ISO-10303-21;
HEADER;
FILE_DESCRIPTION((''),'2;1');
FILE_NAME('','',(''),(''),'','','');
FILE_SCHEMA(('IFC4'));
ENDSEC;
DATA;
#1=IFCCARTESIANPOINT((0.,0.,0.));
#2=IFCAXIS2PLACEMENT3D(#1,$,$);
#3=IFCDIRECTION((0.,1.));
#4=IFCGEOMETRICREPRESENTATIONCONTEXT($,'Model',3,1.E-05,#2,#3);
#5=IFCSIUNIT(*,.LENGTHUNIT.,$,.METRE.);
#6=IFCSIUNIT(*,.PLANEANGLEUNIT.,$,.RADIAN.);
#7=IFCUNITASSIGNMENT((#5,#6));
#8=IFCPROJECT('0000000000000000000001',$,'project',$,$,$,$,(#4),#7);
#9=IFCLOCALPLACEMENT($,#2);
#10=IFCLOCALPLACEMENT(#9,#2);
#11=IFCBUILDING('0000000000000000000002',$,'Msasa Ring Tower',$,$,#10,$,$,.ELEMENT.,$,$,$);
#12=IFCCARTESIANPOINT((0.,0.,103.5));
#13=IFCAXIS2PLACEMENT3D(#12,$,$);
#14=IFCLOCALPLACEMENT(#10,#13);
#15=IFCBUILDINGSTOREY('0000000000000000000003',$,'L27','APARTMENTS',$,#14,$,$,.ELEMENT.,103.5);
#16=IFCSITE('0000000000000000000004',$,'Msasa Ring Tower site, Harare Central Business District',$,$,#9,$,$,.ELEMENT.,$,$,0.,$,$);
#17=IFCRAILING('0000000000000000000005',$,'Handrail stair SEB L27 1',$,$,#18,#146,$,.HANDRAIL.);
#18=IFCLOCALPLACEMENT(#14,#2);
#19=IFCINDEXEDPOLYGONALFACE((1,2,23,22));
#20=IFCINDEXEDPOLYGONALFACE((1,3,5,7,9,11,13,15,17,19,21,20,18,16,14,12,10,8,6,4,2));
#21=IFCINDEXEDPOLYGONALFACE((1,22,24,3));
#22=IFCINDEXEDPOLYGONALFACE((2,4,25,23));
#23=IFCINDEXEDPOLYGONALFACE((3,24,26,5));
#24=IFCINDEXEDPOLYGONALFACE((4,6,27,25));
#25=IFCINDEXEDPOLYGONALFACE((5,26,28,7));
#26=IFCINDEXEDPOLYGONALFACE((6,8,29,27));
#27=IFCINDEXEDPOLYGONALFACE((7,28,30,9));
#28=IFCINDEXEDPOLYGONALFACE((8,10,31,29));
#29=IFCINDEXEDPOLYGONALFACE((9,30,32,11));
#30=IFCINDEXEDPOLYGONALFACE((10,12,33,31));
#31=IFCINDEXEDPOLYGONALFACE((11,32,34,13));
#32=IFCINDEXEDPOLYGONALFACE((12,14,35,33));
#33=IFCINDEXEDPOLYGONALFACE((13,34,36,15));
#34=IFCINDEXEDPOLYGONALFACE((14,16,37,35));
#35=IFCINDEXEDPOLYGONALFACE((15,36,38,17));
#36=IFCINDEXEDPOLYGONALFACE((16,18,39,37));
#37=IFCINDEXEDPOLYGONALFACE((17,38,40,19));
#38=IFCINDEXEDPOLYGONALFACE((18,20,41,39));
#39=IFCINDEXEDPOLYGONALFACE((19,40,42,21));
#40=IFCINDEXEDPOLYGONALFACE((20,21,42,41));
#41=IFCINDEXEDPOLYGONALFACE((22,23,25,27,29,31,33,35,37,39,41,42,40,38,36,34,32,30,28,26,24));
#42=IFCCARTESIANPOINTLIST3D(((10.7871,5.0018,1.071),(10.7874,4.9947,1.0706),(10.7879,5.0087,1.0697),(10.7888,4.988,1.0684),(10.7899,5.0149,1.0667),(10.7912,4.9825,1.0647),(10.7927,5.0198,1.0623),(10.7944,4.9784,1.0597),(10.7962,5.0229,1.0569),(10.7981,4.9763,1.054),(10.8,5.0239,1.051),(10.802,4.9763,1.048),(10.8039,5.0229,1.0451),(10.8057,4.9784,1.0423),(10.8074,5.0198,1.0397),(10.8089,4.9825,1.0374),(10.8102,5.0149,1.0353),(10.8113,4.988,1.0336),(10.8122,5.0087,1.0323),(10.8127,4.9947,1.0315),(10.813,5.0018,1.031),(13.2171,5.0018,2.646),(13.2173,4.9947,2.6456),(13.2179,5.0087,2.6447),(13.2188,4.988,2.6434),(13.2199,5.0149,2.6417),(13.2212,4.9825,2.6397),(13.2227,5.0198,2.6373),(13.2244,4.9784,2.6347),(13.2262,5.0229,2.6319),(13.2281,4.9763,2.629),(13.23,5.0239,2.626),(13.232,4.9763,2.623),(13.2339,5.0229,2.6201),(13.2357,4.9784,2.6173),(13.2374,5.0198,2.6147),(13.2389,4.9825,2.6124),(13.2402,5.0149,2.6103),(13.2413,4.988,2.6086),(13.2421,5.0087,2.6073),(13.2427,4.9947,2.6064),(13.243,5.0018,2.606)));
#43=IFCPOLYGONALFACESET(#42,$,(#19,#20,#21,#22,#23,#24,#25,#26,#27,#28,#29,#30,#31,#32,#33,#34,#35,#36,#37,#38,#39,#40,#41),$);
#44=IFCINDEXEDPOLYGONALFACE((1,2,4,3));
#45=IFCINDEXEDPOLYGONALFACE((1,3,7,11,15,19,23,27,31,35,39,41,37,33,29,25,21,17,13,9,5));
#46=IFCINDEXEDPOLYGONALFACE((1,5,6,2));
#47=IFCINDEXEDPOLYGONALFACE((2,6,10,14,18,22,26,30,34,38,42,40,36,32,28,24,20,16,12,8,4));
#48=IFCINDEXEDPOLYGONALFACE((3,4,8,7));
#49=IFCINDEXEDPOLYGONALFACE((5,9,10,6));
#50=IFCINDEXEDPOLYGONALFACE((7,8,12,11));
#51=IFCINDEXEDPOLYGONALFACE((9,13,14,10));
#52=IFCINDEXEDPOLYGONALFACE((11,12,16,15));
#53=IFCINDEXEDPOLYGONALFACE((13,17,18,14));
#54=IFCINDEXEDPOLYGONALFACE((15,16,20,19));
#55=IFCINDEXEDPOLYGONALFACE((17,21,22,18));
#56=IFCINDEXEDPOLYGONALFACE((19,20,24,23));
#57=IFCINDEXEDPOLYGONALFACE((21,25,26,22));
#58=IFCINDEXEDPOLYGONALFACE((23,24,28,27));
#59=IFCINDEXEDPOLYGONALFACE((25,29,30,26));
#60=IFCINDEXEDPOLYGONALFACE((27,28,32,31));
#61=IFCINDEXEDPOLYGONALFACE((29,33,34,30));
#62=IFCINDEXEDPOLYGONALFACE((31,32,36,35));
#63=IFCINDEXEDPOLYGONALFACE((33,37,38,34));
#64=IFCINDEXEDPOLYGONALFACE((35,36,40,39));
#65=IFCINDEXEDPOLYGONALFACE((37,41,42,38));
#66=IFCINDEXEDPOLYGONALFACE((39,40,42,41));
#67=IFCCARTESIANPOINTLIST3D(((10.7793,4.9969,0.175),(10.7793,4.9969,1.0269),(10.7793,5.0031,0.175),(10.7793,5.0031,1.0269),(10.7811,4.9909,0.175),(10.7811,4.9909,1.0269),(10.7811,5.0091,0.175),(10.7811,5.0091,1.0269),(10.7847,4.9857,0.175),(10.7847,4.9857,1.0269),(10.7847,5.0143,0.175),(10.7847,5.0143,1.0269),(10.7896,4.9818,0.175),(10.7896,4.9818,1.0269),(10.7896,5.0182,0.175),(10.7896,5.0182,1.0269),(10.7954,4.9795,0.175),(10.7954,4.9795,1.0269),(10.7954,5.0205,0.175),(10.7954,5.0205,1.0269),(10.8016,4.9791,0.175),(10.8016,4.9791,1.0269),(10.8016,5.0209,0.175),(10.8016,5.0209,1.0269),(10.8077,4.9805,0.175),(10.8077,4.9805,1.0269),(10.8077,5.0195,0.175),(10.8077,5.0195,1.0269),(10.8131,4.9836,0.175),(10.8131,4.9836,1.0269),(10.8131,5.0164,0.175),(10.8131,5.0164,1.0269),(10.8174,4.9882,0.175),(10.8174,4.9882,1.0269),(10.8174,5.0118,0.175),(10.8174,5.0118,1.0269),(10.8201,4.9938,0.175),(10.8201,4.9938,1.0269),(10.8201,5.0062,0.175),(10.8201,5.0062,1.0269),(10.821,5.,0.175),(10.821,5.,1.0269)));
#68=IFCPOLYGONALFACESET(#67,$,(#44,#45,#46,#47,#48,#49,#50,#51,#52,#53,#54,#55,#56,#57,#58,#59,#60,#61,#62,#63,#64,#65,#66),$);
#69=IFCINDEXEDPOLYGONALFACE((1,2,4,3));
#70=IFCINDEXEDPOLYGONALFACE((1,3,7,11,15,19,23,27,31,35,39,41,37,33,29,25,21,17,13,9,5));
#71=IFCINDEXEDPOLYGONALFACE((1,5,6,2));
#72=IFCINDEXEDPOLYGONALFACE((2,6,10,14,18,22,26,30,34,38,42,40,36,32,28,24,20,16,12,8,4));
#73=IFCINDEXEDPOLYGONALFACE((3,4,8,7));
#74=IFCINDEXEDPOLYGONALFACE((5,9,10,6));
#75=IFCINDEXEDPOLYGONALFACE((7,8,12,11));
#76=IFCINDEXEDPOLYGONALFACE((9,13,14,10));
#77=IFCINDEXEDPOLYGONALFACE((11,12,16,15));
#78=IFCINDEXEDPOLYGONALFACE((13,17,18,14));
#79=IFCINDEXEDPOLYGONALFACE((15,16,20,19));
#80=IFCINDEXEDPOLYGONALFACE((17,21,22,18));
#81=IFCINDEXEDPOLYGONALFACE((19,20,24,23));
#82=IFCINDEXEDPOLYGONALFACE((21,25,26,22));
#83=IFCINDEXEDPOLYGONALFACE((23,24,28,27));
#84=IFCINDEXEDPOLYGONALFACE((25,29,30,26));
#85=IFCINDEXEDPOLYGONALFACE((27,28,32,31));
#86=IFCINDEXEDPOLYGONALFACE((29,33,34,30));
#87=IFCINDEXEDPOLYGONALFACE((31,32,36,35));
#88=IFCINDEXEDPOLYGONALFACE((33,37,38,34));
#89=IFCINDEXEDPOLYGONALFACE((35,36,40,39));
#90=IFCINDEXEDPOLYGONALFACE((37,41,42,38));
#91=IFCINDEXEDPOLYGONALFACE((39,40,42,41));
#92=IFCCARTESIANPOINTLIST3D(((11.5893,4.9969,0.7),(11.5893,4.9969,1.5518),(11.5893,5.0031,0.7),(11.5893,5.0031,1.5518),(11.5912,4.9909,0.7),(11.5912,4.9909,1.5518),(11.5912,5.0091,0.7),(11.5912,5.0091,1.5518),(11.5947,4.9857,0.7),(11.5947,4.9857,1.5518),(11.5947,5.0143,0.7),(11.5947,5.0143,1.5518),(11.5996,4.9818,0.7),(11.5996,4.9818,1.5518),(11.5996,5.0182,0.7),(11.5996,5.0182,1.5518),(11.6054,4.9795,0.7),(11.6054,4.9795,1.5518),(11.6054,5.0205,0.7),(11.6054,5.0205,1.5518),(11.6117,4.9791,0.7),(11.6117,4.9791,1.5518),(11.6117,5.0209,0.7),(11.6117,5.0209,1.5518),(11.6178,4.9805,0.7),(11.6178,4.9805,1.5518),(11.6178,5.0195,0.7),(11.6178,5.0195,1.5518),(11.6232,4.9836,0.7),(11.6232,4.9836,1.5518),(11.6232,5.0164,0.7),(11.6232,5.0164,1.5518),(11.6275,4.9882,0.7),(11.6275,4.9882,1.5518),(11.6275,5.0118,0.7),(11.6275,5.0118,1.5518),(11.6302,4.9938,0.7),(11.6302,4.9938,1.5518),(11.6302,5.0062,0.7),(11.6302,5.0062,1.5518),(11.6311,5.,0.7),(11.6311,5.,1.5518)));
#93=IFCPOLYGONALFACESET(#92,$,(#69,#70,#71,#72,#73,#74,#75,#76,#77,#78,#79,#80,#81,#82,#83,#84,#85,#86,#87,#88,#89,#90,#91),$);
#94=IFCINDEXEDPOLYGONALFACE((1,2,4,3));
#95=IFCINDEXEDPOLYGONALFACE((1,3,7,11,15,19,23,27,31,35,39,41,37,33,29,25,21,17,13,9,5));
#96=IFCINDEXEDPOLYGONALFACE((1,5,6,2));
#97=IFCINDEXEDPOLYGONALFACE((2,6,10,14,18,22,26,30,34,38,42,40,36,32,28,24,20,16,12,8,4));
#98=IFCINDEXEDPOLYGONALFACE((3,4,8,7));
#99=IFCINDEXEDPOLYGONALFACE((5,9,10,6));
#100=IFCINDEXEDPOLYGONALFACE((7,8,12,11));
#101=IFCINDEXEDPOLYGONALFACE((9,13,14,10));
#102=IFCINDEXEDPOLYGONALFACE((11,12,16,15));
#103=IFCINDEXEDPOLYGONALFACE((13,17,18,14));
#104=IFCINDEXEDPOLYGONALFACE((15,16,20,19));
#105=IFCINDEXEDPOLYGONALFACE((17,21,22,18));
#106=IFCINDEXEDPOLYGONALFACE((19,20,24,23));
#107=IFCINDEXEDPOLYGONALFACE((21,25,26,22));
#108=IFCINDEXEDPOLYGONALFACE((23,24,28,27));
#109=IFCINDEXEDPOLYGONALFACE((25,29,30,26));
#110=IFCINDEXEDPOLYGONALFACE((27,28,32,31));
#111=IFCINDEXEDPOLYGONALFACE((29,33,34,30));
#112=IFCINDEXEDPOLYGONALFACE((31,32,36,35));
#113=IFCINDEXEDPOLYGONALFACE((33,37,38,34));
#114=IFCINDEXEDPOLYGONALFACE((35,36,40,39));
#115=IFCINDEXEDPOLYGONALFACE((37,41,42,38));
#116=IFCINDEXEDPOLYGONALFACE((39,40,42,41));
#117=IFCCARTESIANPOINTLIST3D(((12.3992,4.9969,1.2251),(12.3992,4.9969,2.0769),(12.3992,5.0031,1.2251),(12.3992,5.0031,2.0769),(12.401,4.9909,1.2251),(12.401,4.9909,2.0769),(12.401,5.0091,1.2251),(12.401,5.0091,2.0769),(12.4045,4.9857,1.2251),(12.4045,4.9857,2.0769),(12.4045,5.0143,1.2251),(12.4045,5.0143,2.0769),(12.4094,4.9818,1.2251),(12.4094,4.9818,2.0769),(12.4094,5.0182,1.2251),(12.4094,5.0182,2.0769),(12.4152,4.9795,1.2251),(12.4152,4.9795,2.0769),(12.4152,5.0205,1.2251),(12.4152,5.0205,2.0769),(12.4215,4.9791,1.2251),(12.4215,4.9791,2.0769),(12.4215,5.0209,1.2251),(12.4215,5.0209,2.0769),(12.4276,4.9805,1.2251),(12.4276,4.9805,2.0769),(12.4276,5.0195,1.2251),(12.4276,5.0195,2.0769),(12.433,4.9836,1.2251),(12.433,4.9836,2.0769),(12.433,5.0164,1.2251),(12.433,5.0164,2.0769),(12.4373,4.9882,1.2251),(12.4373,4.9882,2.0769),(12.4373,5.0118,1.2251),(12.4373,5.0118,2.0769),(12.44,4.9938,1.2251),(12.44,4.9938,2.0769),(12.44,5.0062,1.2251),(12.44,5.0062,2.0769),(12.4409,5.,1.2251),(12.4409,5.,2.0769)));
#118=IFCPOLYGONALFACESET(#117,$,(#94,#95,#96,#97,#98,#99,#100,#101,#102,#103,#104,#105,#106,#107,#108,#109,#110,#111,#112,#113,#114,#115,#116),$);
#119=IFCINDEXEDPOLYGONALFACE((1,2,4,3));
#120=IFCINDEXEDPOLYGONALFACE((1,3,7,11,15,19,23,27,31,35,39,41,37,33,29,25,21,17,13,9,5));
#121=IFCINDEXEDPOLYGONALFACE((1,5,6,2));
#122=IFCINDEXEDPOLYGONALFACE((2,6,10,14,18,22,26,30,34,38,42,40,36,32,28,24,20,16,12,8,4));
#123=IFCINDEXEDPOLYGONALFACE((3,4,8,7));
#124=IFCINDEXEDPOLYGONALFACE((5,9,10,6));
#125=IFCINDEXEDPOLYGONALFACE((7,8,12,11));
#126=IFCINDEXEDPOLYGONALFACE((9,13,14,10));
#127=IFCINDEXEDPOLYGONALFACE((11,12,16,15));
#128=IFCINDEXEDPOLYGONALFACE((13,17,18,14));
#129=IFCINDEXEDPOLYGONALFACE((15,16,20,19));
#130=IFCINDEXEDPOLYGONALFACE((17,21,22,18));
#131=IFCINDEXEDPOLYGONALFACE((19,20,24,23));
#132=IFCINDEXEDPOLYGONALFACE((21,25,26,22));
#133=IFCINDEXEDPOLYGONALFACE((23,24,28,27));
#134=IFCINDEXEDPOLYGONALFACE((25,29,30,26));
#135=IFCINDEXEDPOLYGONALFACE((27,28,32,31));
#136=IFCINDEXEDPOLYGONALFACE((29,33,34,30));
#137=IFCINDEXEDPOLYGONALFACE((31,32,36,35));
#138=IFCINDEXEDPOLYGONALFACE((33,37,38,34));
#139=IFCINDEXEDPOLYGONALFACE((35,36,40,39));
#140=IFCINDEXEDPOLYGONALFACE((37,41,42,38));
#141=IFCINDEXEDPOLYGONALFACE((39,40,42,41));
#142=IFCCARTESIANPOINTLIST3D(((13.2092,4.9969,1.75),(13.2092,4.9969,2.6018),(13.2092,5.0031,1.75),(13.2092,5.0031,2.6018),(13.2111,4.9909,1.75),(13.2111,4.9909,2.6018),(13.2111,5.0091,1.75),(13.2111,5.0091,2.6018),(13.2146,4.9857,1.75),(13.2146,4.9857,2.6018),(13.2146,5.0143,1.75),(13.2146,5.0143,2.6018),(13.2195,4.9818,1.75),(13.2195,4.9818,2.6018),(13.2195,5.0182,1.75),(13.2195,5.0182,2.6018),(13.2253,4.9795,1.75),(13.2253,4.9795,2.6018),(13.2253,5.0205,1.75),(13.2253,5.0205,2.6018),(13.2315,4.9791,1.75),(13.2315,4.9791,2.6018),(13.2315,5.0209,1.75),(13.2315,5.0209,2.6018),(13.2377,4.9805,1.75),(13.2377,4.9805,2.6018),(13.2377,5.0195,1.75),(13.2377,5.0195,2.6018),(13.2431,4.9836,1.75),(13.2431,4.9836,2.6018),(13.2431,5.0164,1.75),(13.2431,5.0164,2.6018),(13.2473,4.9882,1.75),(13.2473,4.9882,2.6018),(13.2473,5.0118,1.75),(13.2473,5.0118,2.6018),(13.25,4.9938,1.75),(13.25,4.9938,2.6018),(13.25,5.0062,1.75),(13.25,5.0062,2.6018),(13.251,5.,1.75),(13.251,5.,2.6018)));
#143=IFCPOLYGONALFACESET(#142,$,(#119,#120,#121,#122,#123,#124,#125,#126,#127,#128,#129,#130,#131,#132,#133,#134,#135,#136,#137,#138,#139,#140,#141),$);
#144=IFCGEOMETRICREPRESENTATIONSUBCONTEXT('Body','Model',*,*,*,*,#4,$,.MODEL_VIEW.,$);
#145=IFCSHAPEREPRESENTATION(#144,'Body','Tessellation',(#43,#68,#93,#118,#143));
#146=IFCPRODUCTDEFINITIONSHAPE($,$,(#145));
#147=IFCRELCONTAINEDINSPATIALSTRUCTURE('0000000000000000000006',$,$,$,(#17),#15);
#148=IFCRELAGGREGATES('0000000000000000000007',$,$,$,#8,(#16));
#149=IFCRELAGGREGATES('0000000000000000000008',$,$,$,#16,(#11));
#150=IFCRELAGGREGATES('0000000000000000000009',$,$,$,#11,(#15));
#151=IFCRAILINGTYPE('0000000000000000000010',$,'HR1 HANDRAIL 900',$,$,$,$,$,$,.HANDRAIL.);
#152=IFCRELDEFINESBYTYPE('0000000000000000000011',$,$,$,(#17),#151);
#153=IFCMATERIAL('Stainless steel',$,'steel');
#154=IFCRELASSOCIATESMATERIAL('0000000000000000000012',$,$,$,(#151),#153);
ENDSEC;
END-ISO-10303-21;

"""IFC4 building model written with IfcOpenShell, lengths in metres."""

from ifc_helpers import new_model, si_unit, direction, frame, origin, origin_2d, place, context, subcontext, project, spatial, circle, extrude, material, type_object, element, save


model = new_model("IFC4")

# Units and contexts
model_context = context("Model", 3, precision=1e-05, world=origin(), true_north=direction((0.0, 1.0)))
body_context = subcontext(model_context, "Body", "Model", "MODEL_VIEW")
ifc_project = project(units=[si_unit("LENGTHUNIT", "METRE"), si_unit("PLANEANGLEUNIT", "RADIAN")], contexts=[model_context])

# Site, building, storey
site_placement = place(None, origin())
site = spatial("IfcSite", under=ifc_project, at=site_placement, Name="Msasa Ring Tower site, Harare Central Business District", CompositionType="ELEMENT", RefElevation=0.0)
building_placement = place(site_placement, origin())
building = spatial("IfcBuilding", under=site, at=building_placement, Name="Msasa Ring Tower", CompositionType="ELEMENT")
storey_placement = place(building_placement, frame((0.0, 0.0, 103.5)))
storey = spatial("IfcBuildingStorey", under=building, at=storey_placement, Name="L27", Description="APARTMENTS", CompositionType="ELEMENT", Elevation=103.5)

# Railing
ifc_material_1 = material(Name="Stainless steel", Category="steel")
railing_type = type_object("IfcRailingType", Name="HR1 HANDRAIL 900", PredefinedType="HANDRAIL", material=ifc_material_1)
for number, where, name in (
    (1, (10.8, 5.0, 0.175), "Handrail stair SEB L27 1"),
):
    element("IfcRailing", number, at=place(storey_placement, frame(where)), inside=storey, type_object=railing_type, Name=name, PredefinedType="HANDRAIL", context=body_context, shape_type="SweptSolid", body=[
        extrude(circle(Radius=0.0239, at=origin_2d()), frame((0.0, 0.0, 0.876), z_axis=(0.839154, 0.0, 0.543894), x_axis=(0.0, 1.0, 0.0)), (0.0, 0.0, 1.0), 2.8958),
        extrude(circle(Radius=0.021, at=origin_2d()), origin(), (0.0, 0.0, 1.0), 0.8518),
        extrude(circle(Radius=0.021, at=origin_2d()), frame((0.8101, 0.0, 0.5249)), (0.0, 0.0, 1.0), 0.8518),
        extrude(circle(Radius=0.021, at=origin_2d()), frame((1.6199, 0.0, 1.05)), (0.0, 0.0, 1.0), 0.8518),
        extrude(circle(Radius=0.021, at=origin_2d()), frame((2.4299, 0.0, 1.575)), (0.0, 0.0, 1.0), 0.8518),
    ])

save(model, "model.ifc")
